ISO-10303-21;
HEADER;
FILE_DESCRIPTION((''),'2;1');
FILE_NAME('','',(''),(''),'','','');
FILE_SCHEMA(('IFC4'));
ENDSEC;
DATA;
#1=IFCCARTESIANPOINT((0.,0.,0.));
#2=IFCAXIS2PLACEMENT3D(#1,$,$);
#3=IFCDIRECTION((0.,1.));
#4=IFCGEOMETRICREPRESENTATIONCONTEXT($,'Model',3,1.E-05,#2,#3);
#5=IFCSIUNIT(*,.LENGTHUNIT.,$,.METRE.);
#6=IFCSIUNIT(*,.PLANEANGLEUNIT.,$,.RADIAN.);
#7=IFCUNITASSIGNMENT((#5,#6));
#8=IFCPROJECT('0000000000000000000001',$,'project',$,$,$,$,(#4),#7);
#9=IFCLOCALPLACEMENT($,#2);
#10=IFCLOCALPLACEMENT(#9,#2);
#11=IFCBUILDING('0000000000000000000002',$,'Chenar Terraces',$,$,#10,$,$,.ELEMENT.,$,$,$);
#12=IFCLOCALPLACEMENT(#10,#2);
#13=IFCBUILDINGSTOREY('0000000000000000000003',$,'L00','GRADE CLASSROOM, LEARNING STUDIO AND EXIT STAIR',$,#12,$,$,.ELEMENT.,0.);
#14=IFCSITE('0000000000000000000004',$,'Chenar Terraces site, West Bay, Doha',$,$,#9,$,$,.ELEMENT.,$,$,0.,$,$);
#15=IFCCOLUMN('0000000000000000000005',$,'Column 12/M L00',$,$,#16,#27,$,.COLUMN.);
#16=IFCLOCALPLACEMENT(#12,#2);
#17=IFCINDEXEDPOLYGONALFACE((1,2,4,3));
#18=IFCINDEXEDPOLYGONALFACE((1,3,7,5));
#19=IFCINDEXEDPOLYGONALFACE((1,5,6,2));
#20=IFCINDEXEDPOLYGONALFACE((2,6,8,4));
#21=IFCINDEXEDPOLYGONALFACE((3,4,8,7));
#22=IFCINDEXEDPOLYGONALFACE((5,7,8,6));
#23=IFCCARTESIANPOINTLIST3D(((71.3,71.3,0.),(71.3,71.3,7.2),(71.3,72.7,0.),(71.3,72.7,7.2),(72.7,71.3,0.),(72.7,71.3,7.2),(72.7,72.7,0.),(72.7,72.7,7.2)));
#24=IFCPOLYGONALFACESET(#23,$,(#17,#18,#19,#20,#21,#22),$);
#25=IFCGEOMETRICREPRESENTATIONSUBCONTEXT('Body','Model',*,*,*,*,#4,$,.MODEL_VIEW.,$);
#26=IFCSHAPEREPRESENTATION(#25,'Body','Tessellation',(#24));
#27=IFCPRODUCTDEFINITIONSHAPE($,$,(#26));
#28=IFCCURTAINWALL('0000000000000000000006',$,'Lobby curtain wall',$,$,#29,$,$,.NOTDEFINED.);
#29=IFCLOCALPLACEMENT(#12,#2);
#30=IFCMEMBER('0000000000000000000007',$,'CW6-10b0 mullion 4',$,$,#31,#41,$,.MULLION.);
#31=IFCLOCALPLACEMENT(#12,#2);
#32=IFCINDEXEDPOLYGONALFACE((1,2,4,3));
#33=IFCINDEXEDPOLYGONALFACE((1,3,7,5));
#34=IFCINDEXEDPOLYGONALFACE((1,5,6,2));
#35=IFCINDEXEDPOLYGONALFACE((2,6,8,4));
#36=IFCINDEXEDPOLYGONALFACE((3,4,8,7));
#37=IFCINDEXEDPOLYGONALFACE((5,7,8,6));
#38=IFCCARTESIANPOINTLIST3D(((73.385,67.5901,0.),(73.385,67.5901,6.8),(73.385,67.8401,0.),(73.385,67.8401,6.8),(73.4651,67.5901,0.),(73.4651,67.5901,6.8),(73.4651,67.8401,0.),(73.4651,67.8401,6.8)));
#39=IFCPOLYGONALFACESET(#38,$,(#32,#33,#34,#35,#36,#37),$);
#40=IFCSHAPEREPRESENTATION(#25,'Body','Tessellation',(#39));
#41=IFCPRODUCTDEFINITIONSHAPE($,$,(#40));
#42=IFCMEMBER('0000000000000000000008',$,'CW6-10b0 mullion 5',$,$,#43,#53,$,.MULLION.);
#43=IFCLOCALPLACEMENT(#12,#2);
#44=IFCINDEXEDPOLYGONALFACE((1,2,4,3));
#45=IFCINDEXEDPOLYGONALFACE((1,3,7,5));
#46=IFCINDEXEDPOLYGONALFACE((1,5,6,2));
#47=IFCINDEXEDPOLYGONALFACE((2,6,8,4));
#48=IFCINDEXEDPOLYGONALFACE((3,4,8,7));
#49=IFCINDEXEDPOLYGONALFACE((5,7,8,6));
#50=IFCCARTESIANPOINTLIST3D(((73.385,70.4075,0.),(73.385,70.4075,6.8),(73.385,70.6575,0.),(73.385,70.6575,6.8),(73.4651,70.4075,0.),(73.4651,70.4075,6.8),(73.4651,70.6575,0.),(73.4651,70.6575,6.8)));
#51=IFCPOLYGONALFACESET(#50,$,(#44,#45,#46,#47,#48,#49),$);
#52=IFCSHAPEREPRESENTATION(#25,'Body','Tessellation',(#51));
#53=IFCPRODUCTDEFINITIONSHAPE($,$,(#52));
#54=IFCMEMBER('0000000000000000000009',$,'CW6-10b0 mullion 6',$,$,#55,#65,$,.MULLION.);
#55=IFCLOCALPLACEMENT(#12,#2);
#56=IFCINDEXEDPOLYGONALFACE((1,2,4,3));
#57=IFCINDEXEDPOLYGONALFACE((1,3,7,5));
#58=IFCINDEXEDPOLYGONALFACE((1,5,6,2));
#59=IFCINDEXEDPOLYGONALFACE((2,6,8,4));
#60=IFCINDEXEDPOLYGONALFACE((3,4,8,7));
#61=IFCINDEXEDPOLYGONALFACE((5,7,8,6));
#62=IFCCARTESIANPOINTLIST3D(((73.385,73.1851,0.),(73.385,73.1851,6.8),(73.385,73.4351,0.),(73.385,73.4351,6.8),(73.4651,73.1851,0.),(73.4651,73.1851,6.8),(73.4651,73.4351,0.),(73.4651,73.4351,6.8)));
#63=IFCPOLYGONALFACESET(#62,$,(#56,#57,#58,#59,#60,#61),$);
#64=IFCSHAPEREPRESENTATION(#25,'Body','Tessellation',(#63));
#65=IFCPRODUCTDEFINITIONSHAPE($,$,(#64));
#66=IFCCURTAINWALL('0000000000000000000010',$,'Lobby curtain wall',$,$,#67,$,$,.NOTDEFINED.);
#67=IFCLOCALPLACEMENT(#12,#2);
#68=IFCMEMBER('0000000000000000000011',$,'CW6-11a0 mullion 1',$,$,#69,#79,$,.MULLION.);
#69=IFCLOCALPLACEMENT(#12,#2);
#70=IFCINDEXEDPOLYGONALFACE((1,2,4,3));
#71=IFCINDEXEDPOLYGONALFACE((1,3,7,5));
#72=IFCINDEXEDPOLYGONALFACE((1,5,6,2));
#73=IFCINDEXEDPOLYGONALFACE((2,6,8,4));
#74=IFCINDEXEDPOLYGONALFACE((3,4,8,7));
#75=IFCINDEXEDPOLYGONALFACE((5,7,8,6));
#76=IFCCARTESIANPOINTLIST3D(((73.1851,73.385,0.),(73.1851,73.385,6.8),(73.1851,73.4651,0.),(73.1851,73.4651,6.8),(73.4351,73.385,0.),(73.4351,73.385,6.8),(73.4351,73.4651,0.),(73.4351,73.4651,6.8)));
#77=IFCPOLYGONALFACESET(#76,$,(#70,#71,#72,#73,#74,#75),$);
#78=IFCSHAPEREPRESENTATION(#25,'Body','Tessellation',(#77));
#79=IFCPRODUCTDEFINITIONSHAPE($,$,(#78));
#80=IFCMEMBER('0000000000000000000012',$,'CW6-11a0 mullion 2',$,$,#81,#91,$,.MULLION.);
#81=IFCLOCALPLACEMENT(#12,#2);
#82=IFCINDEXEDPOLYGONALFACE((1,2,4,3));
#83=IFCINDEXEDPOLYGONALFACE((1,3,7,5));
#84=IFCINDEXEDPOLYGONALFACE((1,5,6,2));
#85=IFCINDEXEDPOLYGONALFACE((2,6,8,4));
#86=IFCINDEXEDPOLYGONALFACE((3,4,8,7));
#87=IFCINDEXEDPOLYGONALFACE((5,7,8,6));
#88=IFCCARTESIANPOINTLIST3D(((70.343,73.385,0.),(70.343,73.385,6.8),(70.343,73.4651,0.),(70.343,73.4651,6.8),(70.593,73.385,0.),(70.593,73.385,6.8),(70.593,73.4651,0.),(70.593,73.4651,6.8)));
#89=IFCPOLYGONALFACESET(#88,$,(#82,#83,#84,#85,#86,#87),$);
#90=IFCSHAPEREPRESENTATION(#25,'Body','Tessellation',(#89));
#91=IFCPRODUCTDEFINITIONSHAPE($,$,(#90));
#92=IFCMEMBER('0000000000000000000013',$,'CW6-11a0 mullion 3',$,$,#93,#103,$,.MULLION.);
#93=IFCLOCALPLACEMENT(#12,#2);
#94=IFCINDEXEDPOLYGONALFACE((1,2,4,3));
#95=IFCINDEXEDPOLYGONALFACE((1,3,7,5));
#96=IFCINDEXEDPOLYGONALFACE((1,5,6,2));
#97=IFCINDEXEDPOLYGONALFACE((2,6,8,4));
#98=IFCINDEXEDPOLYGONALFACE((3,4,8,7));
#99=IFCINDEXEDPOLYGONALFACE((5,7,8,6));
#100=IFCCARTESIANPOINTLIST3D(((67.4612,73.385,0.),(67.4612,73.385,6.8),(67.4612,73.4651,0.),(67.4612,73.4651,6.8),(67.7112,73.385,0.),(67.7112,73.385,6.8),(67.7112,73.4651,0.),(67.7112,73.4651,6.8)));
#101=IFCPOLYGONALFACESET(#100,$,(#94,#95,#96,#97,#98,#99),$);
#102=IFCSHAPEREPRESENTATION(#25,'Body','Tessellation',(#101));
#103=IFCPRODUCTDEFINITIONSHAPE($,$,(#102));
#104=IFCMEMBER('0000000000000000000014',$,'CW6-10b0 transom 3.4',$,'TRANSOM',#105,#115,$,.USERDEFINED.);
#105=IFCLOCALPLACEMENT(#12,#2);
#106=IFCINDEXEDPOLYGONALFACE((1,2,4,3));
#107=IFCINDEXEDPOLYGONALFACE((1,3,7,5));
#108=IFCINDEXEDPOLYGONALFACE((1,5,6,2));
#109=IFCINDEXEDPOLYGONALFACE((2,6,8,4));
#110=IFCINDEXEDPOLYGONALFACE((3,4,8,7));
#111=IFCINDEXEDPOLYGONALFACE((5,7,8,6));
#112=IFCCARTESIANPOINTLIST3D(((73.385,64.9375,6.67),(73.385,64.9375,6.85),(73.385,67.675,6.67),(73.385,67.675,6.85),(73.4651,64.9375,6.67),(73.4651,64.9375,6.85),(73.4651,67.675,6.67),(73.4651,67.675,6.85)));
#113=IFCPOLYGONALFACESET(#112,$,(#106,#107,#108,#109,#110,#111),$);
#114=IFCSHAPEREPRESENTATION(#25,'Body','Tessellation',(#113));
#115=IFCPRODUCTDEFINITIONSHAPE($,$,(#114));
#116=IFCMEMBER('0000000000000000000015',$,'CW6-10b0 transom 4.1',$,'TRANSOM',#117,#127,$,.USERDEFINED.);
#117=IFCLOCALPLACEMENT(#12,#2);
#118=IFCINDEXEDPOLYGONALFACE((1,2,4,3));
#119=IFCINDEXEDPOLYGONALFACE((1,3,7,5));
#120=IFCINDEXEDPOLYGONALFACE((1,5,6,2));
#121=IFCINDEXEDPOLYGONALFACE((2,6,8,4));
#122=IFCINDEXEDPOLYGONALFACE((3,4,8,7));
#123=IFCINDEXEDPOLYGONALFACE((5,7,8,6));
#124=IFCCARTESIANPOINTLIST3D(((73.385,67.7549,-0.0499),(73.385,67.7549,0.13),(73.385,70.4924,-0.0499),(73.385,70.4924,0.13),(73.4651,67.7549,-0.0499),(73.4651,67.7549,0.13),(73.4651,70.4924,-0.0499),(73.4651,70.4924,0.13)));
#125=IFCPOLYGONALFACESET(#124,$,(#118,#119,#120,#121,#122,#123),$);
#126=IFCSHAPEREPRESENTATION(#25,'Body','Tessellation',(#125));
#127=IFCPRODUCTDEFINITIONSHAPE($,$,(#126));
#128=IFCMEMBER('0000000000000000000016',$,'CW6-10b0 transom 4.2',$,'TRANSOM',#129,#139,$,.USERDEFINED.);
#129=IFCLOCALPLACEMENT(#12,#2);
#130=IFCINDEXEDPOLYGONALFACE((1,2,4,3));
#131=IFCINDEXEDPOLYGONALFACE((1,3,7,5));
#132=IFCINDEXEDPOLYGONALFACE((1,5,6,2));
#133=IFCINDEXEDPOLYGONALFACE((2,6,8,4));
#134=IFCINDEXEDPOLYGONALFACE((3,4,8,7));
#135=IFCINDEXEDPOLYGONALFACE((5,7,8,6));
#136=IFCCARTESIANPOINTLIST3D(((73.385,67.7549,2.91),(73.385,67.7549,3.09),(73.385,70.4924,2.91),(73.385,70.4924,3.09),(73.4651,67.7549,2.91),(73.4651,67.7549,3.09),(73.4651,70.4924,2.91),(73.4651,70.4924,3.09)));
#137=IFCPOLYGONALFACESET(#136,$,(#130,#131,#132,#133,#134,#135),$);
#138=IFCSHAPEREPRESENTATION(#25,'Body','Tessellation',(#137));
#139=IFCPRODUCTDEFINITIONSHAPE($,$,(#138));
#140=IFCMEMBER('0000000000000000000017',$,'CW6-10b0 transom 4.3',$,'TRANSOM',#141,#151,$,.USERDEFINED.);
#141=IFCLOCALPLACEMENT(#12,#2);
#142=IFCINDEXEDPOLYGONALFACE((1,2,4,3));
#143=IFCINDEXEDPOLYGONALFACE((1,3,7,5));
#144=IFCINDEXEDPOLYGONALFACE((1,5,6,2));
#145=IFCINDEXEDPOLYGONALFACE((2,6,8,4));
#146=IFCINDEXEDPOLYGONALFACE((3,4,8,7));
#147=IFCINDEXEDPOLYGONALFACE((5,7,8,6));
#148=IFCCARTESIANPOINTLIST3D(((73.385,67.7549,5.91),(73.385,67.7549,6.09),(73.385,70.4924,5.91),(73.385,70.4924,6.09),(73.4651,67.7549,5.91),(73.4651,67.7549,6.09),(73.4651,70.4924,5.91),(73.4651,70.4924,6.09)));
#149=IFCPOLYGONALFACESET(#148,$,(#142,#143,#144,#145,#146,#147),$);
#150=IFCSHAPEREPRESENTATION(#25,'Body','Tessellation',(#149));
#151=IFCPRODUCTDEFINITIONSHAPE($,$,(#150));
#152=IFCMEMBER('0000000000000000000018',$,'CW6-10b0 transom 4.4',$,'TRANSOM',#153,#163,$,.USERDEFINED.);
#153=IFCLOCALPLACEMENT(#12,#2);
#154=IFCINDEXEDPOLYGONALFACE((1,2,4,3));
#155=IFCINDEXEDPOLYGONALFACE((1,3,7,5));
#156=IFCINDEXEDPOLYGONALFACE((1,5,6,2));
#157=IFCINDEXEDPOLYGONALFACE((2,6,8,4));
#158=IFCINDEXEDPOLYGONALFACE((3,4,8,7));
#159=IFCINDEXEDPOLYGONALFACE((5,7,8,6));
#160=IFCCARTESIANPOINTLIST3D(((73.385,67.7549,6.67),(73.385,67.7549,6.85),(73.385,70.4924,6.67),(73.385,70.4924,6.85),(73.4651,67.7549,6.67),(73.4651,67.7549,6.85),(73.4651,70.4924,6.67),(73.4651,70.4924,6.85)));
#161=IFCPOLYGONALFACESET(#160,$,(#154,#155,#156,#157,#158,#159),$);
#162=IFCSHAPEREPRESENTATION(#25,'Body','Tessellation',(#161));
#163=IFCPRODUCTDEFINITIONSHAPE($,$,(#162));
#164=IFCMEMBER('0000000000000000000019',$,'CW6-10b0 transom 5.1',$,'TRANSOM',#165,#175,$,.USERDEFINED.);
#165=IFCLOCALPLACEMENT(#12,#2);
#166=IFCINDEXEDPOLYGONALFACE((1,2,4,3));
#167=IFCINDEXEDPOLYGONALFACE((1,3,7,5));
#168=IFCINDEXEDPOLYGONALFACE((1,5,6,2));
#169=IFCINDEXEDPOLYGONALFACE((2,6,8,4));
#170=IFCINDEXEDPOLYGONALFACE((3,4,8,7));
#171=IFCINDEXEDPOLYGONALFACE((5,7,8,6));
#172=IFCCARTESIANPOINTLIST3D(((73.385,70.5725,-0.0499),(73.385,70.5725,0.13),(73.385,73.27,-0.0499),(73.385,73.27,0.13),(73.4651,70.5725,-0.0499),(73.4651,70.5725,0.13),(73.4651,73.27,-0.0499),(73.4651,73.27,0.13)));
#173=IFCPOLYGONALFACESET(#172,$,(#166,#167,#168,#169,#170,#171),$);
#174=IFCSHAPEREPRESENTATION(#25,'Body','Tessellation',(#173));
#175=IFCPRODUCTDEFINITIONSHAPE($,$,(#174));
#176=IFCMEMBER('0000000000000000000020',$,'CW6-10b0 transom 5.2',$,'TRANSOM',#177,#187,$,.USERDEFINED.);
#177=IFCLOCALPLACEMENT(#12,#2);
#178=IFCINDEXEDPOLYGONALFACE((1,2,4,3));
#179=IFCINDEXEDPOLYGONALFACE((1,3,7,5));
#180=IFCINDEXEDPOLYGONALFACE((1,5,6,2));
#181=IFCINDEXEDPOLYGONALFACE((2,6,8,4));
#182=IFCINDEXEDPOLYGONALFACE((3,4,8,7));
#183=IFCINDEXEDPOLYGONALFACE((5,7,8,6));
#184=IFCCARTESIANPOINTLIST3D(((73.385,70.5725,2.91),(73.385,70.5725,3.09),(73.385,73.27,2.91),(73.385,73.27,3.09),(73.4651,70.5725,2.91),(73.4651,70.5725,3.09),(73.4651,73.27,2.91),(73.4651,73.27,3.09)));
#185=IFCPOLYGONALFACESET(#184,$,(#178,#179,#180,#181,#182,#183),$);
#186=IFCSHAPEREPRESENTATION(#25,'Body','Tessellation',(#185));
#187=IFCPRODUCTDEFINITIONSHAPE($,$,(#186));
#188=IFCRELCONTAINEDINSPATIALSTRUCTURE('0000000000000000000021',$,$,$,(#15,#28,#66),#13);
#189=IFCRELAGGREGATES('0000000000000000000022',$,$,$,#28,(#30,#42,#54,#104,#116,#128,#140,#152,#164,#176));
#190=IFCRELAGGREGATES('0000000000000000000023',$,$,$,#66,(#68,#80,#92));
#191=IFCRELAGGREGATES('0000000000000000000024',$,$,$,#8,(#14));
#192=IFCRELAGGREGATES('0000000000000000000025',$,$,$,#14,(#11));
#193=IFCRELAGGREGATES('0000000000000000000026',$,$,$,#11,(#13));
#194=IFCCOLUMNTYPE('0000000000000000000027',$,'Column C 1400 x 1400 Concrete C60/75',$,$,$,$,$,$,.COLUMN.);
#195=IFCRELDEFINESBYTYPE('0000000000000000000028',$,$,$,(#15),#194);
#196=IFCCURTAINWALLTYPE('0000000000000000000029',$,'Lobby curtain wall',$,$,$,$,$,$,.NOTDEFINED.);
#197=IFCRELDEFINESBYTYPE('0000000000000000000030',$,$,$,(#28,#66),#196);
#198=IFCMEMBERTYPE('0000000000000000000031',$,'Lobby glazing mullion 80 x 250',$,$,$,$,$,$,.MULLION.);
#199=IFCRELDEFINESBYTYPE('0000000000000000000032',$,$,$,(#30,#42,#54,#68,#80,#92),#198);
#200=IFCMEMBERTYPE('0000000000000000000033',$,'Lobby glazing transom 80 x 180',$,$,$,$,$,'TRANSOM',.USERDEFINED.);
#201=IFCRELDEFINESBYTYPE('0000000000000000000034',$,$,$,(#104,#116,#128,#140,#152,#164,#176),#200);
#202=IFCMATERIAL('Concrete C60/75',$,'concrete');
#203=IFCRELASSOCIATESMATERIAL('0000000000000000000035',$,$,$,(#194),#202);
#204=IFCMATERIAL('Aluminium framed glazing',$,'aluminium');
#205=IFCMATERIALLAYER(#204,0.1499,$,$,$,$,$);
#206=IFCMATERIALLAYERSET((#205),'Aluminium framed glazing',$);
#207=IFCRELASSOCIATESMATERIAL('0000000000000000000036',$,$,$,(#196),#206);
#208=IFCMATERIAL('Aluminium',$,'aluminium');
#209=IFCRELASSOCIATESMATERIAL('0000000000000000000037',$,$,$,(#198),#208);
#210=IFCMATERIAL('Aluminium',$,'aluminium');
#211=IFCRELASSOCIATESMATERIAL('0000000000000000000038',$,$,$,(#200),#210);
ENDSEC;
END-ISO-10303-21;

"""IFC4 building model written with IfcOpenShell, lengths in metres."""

from ifc_helpers import new_model, si_unit, direction, frame, origin, origin_2d, place, context, subcontext, project, spatial, rectangle, extrude, material, layer, layer_set, material_profile, profile_set, type_object, element, aggregate, save


model = new_model("IFC4")

# Units and contexts
model_context = context("Model", 3, precision=1e-05, world=origin(), true_north=direction((0.0, 1.0)))
body_context = subcontext(model_context, "Body", "Model", "MODEL_VIEW")
ifc_project = project(units=[si_unit("LENGTHUNIT", "METRE"), si_unit("PLANEANGLEUNIT", "RADIAN")], contexts=[model_context])

# Site, building, storey
site_placement = place(None, origin())
site = spatial("IfcSite", under=ifc_project, at=site_placement, Name="Chenar Terraces site, West Bay, Doha", CompositionType="ELEMENT", RefElevation=0.0)
building_placement = place(site_placement, origin())
building = spatial("IfcBuilding", under=site, at=building_placement, Name="Chenar Terraces", CompositionType="ELEMENT")
storey_placement = place(building_placement, origin())
storey = spatial("IfcBuildingStorey", under=building, at=storey_placement, Name="L00", Description="GRADE CLASSROOM, LEARNING STUDIO AND EXIT STAIR", CompositionType="ELEMENT", Elevation=0.0)

# Column
ifc_material_1 = material(Name="Concrete C60/75", Category="concrete")
ifc_material_profile_1 = material_profile(ifc_material_1, rectangle(XDim=1.3999, YDim=1.3999, at=origin_2d()), Name="C 1400 x 1400")
ifc_profile_set_1 = profile_set([ifc_material_profile_1], Name="Concrete C60/75")
column_type = type_object("IfcColumnType", Name="Column C 1400 x 1400 Concrete C60/75", PredefinedType="COLUMN", material=ifc_profile_set_1)
column_placement = place(storey_placement, frame((72.0, 72.0, 0.0), z_axis=(0.0, 0.0, 1.0), x_axis=(1.0, 0.0, 0.0)))
element("IfcColumn", 1, at=column_placement, inside=storey, type_object=column_type, Name="Column 12/M L00", PredefinedType="COLUMN", context=body_context, shape_type="SweptSolid", body=[
    extrude(rectangle(XDim=1.3999, YDim=1.3999, at=origin_2d()), origin(), (0.0, 0.0, 1.0), 7.2),
])

# Curtain walls, members
ifc_material_2 = material(Name="Aluminium framed glazing", Category="aluminium")
ifc_layer_1 = layer(ifc_material_2, 0.1499)
ifc_layer_set_1 = layer_set([ifc_layer_1], Name="Aluminium framed glazing")
curtain_wall_type = type_object("IfcCurtainWallType", Name="Lobby curtain wall", PredefinedType="NOTDEFINED", material=ifc_layer_set_1)
placement = place(storey_placement, origin())
curtain_wall_1 = element("IfcCurtainWall", 2, at=placement, inside=storey, type_object=curtain_wall_type, Name="Lobby curtain wall", PredefinedType="NOTDEFINED")
ifc_material_3 = material(Name="Aluminium", Category="aluminium")
ifc_material_profile_2 = material_profile(ifc_material_3, rectangle(XDim=0.0801, YDim=0.25, at=origin_2d()), Name="Lobby glazing mullion 80 x 250")
ifc_profile_set_2 = profile_set([ifc_material_profile_2], Name="Aluminium")
member_type_1 = type_object("IfcMemberType", Name="Lobby glazing mullion 80 x 250", PredefinedType="MULLION", material=ifc_profile_set_2)
member_1_placement = place(storey_placement, frame((73.425, 67.7151, 0.0), z_axis=(0.0, 0.0, 1.0), x_axis=(-1.0, 0.0, 0.0)))
member_1 = element("IfcMember", 3, at=member_1_placement, type_object=member_type_1, Name="CW6-10b0 mullion 4", PredefinedType="MULLION", context=body_context, shape_type="SweptSolid", body=[
    extrude(rectangle(XDim=0.0801, YDim=0.25, at=origin_2d()), origin(), (0.0, 0.0, 1.0), 6.8),
])
member_2_placement = place(storey_placement, frame((73.425, 70.5325, 0.0), z_axis=(0.0, 0.0, 1.0), x_axis=(-1.0, 0.0, 0.0)))
member_2 = element("IfcMember", 4, at=member_2_placement, type_object=member_type_1, Name="CW6-10b0 mullion 5", PredefinedType="MULLION", context=body_context, shape_type="SweptSolid", body=[
    extrude(rectangle(XDim=0.0801, YDim=0.25, at=origin_2d()), origin(), (0.0, 0.0, 1.0), 6.8),
])
member_3_placement = place(storey_placement, frame((73.425, 73.3101, 0.0), z_axis=(0.0, 0.0, 1.0), x_axis=(-1.0, 0.0, 0.0)))
member_3 = element("IfcMember", 5, at=member_3_placement, type_object=member_type_1, Name="CW6-10b0 mullion 6", PredefinedType="MULLION", context=body_context, shape_type="SweptSolid", body=[
    extrude(rectangle(XDim=0.0801, YDim=0.25, at=origin_2d()), origin(), (0.0, 0.0, 1.0), 6.8),
])
curtain_wall_2 = element("IfcCurtainWall", 6, at=placement, inside=storey, type_object=curtain_wall_type, Name="Lobby curtain wall", PredefinedType="NOTDEFINED")
member_4_placement = place(storey_placement, frame((73.3101, 73.425, 0.0), z_axis=(0.0, 0.0, 1.0), x_axis=(0.0, -1.0, 0.0)))
member_4 = element("IfcMember", 7, at=member_4_placement, type_object=member_type_1, Name="CW6-11a0 mullion 1", PredefinedType="MULLION", context=body_context, shape_type="SweptSolid", body=[
    extrude(rectangle(XDim=0.0801, YDim=0.25, at=origin_2d()), origin(), (0.0, 0.0, 1.0), 6.8),
])
member_5_placement = place(storey_placement, frame((70.468, 73.425, 0.0), z_axis=(0.0, 0.0, 1.0), x_axis=(0.0, -1.0, 0.0)))
member_5 = element("IfcMember", 8, at=member_5_placement, type_object=member_type_1, Name="CW6-11a0 mullion 2", PredefinedType="MULLION", context=body_context, shape_type="SweptSolid", body=[
    extrude(rectangle(XDim=0.0801, YDim=0.25, at=origin_2d()), origin(), (0.0, 0.0, 1.0), 6.8),
])
member_6_placement = place(storey_placement, frame((67.5862, 73.425, 0.0), z_axis=(0.0, 0.0, 1.0), x_axis=(0.0, -1.0, 0.0)))
member_6 = element("IfcMember", 9, at=member_6_placement, type_object=member_type_1, Name="CW6-11a0 mullion 3", PredefinedType="MULLION", context=body_context, shape_type="SweptSolid", body=[
    extrude(rectangle(XDim=0.0801, YDim=0.25, at=origin_2d()), origin(), (0.0, 0.0, 1.0), 6.8),
])

# Members
ifc_material_4 = material(Name="Aluminium", Category="aluminium")
ifc_material_profile_3 = material_profile(ifc_material_4, rectangle(XDim=0.0801, YDim=0.1799, at=origin_2d()), Name="Lobby glazing transom 80 x 180")
ifc_profile_set_3 = profile_set([ifc_material_profile_3], Name="Aluminium")
member_type_2 = type_object("IfcMemberType", Name="Lobby glazing transom 80 x 180", ElementType="TRANSOM", PredefinedType="USERDEFINED", material=ifc_profile_set_3)
member_7_placement = place(storey_placement, frame((73.425, 64.9375, 6.76), z_axis=(0.0, 1.0, 0.0), x_axis=(-1.0, 0.0, 0.0)))
member_7 = element("IfcMember", 10, at=member_7_placement, type_object=member_type_2, Name="CW6-10b0 transom 3.4", ObjectType="TRANSOM", PredefinedType="USERDEFINED", context=body_context, shape_type="SweptSolid", body=[
    extrude(rectangle(XDim=0.0801, YDim=0.1799, at=origin_2d()), origin(), (0.0, 0.0, 1.0), 2.7375),
])
member_8_placement = place(storey_placement, frame((73.425, 67.7549, 0.04), z_axis=(0.0, 1.0, 0.0), x_axis=(-1.0, 0.0, 0.0)))
member_8 = element("IfcMember", 11, at=member_8_placement, type_object=member_type_2, Name="CW6-10b0 transom 4.1", ObjectType="TRANSOM", PredefinedType="USERDEFINED", context=body_context, shape_type="SweptSolid", body=[
    extrude(rectangle(XDim=0.0801, YDim=0.1799, at=origin_2d()), origin(), (0.0, 0.0, 1.0), 2.7375),
])
member_9_placement = place(storey_placement, frame((73.425, 67.7549, 3.0), z_axis=(0.0, 1.0, 0.0), x_axis=(-1.0, 0.0, 0.0)))
member_9 = element("IfcMember", 12, at=member_9_placement, type_object=member_type_2, Name="CW6-10b0 transom 4.2", ObjectType="TRANSOM", PredefinedType="USERDEFINED", context=body_context, shape_type="SweptSolid", body=[
    extrude(rectangle(XDim=0.0801, YDim=0.1799, at=origin_2d()), origin(), (0.0, 0.0, 1.0), 2.7375),
])
member_10_placement = place(storey_placement, frame((73.425, 67.7549, 6.0), z_axis=(0.0, 1.0, 0.0), x_axis=(-1.0, 0.0, 0.0)))
member_10 = element("IfcMember", 13, at=member_10_placement, type_object=member_type_2, Name="CW6-10b0 transom 4.3", ObjectType="TRANSOM", PredefinedType="USERDEFINED", context=body_context, shape_type="SweptSolid", body=[
    extrude(rectangle(XDim=0.0801, YDim=0.1799, at=origin_2d()), origin(), (0.0, 0.0, 1.0), 2.7375),
])
member_11_placement = place(storey_placement, frame((73.425, 67.7549, 6.76), z_axis=(0.0, 1.0, 0.0), x_axis=(-1.0, 0.0, 0.0)))
member_11 = element("IfcMember", 14, at=member_11_placement, type_object=member_type_2, Name="CW6-10b0 transom 4.4", ObjectType="TRANSOM", PredefinedType="USERDEFINED", context=body_context, shape_type="SweptSolid", body=[
    extrude(rectangle(XDim=0.0801, YDim=0.1799, at=origin_2d()), origin(), (0.0, 0.0, 1.0), 2.7375),
])
member_12_placement = place(storey_placement, frame((73.425, 70.5725, 0.04), z_axis=(0.0, 1.0, 0.0), x_axis=(-1.0, 0.0, 0.0)))
member_12 = element("IfcMember", 15, at=member_12_placement, type_object=member_type_2, Name="CW6-10b0 transom 5.1", ObjectType="TRANSOM", PredefinedType="USERDEFINED", context=body_context, shape_type="SweptSolid", body=[
    extrude(rectangle(XDim=0.0801, YDim=0.1799, at=origin_2d()), origin(), (0.0, 0.0, 1.0), 2.6975),
])
member_13_placement = place(storey_placement, frame((73.425, 70.5725, 3.0), z_axis=(0.0, 1.0, 0.0), x_axis=(-1.0, 0.0, 0.0)))
member_13 = element("IfcMember", 16, at=member_13_placement, type_object=member_type_2, Name="CW6-10b0 transom 5.2", ObjectType="TRANSOM", PredefinedType="USERDEFINED", context=body_context, shape_type="SweptSolid", body=[
    extrude(rectangle(XDim=0.0801, YDim=0.1799, at=origin_2d()), origin(), (0.0, 0.0, 1.0), 2.6975),
])

aggregate(curtain_wall_1, [member_1, member_2, member_3, member_7, member_8, member_9, member_10, member_11, member_12, member_13])
aggregate(curtain_wall_2, [member_4, member_5, member_6])

save(model, "model.ifc")
